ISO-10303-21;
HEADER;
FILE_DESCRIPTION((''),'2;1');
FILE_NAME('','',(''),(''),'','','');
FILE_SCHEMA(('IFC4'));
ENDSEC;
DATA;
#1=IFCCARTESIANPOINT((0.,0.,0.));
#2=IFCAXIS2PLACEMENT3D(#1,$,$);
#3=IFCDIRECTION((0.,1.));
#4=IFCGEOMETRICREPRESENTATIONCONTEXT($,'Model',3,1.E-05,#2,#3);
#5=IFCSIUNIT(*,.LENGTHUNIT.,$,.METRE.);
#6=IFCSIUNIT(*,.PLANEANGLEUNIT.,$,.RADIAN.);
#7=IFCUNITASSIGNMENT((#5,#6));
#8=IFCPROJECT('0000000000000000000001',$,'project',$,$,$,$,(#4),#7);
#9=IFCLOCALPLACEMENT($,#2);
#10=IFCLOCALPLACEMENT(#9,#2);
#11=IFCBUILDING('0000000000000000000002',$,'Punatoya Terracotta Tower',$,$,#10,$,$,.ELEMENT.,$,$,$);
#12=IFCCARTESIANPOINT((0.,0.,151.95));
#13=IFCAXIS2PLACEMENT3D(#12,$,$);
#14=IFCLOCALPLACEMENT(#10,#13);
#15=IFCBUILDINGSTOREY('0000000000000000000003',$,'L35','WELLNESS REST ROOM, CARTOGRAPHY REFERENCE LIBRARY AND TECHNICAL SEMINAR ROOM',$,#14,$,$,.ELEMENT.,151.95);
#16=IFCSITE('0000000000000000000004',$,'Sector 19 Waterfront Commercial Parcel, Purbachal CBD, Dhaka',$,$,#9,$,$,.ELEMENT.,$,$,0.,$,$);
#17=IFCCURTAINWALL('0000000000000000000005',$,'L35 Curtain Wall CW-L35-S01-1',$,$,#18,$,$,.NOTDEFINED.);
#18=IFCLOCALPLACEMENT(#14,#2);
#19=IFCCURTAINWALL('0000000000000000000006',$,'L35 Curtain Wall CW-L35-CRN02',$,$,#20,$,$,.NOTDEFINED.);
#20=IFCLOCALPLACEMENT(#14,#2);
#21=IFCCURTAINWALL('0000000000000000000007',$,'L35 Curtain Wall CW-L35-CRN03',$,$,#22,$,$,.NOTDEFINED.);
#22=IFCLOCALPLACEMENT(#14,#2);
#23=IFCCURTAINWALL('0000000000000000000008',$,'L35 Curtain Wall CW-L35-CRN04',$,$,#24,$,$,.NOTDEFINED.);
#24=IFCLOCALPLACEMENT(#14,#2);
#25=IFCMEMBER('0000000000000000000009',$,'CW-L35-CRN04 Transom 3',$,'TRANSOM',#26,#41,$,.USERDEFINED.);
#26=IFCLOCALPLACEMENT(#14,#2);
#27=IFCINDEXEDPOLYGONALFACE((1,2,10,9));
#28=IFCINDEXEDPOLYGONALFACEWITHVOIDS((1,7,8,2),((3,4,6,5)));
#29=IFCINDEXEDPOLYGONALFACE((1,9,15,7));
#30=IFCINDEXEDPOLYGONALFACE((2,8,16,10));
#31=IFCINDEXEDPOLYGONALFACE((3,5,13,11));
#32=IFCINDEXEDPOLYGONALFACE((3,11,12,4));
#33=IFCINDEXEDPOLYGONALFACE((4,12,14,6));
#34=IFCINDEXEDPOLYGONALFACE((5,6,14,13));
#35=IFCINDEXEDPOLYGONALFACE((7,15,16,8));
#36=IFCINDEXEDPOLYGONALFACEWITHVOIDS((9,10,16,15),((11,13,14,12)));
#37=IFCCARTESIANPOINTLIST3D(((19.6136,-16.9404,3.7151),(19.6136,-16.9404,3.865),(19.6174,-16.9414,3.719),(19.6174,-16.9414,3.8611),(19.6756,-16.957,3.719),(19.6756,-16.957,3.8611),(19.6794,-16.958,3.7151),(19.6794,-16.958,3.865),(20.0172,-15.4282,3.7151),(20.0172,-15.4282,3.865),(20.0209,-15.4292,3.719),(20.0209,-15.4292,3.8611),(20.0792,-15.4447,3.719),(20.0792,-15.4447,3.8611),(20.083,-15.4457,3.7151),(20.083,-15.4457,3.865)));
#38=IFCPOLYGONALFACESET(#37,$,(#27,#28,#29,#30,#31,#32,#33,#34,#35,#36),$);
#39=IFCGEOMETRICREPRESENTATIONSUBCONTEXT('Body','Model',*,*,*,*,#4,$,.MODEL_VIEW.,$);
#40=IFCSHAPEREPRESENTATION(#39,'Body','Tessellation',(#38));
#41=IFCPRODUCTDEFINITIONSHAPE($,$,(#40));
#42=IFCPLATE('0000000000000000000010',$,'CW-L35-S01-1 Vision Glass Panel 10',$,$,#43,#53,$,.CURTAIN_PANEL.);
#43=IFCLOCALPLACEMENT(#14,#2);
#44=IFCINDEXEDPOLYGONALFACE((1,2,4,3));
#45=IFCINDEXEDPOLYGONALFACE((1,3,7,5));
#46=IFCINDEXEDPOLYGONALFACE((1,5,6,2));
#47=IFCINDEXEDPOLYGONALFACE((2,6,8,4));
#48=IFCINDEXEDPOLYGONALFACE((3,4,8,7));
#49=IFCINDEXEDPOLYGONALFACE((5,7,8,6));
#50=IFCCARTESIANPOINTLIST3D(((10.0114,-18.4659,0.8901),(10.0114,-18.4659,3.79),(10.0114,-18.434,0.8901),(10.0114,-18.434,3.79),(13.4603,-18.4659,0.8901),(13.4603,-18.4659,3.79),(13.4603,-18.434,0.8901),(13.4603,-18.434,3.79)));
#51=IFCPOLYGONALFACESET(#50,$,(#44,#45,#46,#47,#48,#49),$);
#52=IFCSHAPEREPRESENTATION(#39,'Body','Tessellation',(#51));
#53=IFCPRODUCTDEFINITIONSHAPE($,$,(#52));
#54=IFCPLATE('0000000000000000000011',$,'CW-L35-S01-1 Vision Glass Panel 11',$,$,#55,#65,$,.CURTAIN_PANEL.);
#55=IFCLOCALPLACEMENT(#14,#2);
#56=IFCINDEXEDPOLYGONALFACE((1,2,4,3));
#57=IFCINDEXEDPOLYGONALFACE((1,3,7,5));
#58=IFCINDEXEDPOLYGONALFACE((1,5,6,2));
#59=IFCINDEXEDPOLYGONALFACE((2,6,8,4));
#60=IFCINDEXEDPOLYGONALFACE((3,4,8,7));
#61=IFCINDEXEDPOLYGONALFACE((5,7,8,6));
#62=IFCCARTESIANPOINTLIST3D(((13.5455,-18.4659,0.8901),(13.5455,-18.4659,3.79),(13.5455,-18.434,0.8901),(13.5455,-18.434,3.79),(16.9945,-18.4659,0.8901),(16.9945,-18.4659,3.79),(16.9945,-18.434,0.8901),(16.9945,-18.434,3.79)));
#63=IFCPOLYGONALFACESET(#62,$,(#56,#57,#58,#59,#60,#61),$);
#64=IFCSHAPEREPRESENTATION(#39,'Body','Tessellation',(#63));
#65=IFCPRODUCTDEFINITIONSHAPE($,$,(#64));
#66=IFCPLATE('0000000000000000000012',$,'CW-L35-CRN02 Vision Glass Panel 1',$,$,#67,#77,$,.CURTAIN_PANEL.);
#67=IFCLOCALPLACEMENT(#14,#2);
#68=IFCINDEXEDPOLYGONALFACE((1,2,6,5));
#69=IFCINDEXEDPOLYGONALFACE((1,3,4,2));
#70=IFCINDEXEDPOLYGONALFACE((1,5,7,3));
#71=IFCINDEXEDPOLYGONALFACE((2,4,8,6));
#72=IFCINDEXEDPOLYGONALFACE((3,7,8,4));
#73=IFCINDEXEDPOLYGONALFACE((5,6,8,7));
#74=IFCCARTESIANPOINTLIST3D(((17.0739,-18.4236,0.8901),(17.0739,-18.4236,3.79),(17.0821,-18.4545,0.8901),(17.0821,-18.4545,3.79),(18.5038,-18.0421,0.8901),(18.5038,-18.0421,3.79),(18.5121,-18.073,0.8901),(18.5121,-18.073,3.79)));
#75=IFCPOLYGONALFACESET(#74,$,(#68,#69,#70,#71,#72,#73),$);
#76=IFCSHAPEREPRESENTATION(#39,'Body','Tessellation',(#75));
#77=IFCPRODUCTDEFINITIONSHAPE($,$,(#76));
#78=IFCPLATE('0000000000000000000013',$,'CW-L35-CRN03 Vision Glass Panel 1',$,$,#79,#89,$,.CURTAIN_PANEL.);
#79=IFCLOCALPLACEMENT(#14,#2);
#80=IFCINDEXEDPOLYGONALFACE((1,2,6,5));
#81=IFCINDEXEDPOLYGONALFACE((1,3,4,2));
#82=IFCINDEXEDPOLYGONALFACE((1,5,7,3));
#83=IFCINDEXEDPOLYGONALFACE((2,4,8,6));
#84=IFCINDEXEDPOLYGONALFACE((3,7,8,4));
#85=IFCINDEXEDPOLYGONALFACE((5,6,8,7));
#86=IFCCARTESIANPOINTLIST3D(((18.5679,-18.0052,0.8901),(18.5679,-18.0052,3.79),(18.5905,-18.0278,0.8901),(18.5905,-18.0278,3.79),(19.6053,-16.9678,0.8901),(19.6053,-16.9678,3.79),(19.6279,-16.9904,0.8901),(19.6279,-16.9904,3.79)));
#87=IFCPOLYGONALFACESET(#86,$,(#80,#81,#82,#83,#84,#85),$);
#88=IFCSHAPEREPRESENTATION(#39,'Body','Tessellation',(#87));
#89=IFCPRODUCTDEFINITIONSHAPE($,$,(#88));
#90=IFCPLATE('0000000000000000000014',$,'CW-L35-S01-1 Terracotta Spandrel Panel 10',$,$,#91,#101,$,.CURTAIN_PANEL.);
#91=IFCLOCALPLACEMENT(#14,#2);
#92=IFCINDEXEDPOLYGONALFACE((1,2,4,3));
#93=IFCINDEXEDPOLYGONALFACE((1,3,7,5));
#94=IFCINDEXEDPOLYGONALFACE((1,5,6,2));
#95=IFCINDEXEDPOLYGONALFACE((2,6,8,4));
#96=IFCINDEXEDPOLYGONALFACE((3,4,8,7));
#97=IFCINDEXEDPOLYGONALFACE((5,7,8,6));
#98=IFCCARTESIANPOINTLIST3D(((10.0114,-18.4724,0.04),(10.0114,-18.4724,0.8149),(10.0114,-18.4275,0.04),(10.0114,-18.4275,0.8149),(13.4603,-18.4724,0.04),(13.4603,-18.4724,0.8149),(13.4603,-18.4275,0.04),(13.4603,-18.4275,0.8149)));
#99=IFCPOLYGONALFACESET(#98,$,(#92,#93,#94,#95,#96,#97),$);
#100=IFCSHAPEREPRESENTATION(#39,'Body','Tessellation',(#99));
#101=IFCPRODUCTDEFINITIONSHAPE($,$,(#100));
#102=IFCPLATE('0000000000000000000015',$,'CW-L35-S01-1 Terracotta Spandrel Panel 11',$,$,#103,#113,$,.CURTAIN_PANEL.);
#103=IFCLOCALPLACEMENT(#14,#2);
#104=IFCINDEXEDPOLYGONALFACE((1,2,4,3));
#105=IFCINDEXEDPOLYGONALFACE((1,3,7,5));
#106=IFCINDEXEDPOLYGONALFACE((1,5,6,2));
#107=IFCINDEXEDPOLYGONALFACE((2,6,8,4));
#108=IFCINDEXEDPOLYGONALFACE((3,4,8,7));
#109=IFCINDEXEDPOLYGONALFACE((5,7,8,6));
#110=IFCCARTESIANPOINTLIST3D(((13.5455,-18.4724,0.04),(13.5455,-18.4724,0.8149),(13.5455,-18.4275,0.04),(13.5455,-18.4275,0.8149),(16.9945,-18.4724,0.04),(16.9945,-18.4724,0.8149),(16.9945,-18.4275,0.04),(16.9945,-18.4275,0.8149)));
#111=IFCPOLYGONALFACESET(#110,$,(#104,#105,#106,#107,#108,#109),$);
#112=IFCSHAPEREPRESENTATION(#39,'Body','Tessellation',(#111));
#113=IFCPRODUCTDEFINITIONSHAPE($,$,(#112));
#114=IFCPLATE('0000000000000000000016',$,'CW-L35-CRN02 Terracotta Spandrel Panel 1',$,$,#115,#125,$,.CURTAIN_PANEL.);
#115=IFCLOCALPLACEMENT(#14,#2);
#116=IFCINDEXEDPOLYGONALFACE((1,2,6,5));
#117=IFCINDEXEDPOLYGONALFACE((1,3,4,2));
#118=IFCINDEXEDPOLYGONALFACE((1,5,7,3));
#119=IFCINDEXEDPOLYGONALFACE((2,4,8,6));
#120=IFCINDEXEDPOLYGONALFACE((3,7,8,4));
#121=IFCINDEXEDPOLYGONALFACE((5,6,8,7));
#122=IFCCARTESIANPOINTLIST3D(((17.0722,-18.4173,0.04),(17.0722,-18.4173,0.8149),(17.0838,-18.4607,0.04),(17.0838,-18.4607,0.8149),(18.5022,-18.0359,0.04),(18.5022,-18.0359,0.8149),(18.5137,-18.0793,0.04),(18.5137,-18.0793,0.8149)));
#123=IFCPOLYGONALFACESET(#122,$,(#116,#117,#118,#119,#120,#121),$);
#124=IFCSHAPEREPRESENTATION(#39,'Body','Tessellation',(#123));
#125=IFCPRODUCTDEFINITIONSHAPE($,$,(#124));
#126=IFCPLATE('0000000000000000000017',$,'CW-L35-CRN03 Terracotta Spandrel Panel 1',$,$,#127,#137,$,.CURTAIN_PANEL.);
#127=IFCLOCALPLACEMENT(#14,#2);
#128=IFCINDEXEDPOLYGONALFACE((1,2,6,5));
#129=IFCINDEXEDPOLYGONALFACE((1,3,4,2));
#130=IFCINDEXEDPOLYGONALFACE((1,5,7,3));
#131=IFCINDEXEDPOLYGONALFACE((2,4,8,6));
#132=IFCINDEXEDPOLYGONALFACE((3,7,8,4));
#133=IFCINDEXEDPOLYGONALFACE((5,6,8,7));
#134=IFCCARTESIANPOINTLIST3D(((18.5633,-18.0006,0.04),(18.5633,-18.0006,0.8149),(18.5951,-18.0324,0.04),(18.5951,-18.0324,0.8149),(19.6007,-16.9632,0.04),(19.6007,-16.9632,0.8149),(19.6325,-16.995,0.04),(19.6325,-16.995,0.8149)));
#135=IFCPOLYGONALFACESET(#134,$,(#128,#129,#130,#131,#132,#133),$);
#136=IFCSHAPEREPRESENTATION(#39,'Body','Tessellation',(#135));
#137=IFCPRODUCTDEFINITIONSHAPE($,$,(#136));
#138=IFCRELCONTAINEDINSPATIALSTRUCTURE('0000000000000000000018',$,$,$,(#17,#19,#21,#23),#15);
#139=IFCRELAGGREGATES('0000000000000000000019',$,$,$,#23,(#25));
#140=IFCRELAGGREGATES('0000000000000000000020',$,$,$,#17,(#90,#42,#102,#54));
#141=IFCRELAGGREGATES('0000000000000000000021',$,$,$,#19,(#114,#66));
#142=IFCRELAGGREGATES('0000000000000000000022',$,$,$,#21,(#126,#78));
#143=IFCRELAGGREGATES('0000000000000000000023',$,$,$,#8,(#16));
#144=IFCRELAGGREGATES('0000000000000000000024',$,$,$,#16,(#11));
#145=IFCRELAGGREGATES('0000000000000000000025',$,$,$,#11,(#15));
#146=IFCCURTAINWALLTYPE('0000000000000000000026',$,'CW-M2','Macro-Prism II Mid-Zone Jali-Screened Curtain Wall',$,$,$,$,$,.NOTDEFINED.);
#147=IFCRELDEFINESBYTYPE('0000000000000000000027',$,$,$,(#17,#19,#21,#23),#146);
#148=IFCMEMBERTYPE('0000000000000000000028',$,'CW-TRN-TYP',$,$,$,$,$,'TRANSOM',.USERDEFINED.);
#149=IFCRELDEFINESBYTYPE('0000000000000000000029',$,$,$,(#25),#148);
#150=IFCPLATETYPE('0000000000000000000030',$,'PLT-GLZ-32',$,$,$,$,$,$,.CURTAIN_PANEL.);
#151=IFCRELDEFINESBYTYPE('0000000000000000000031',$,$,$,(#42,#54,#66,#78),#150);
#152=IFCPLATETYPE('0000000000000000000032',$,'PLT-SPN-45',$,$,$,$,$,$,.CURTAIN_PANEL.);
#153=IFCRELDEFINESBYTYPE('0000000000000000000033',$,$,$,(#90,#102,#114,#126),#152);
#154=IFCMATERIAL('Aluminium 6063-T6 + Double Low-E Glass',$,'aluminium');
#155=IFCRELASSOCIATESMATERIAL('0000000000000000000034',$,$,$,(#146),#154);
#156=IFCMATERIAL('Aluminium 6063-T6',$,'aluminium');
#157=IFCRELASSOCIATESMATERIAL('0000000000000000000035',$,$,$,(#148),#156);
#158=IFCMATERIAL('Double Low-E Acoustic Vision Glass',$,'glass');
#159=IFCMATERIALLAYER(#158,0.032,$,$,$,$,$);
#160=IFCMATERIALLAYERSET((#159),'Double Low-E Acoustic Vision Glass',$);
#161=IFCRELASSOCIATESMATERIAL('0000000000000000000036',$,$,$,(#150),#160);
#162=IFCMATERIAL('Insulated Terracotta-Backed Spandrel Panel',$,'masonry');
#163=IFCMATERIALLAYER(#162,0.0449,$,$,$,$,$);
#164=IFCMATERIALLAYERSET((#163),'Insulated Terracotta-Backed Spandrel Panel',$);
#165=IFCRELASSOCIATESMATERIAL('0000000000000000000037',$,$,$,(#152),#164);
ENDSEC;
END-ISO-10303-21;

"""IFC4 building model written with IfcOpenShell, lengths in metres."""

from ifc_helpers import new_model, si_unit, direction, frame, origin, origin_2d, place, context, subcontext, project, spatial, rectangle, hollow_rectangle, extrude, material, layer, layer_set, material_profile, profile_set, type_object, element, aggregate, save


model = new_model("IFC4")

# Units and contexts
model_context = context("Model", 3, precision=1e-05, world=origin(), true_north=direction((0.0, 1.0)))
body_context = subcontext(model_context, "Body", "Model", "MODEL_VIEW")
ifc_project = project(units=[si_unit("LENGTHUNIT", "METRE"), si_unit("PLANEANGLEUNIT", "RADIAN")], contexts=[model_context])

# Site, building, storey
site_placement = place(None, origin())
site = spatial("IfcSite", under=ifc_project, at=site_placement, Name="Sector 19 Waterfront Commercial Parcel, Purbachal CBD, Dhaka", CompositionType="ELEMENT", RefElevation=0.0)
building_placement = place(site_placement, origin())
building = spatial("IfcBuilding", under=site, at=building_placement, Name="Punatoya Terracotta Tower", CompositionType="ELEMENT")
storey_placement = place(building_placement, frame((0.0, 0.0, 151.95)))
storey = spatial("IfcBuildingStorey", under=building, at=storey_placement, Name="L35", Description="WELLNESS REST ROOM, CARTOGRAPHY REFERENCE LIBRARY AND TECHNICAL SEMINAR ROOM", CompositionType="ELEMENT", Elevation=151.95)

# Curtain walls
ifc_material_1 = material(Name="Aluminium 6063-T6 + Double Low-E Glass", Category="aluminium")
curtain_wall_type = type_object("IfcCurtainWallType", Name="CW-M2", Description="Macro-Prism II Mid-Zone Jali-Screened Curtain Wall", PredefinedType="NOTDEFINED", material=ifc_material_1)
curtain_wall_1_placement = place(storey_placement, origin())
curtain_wall_1 = element("IfcCurtainWall", 1, at=curtain_wall_1_placement, inside=storey, type_object=curtain_wall_type, Name="L35 Curtain Wall CW-L35-S01-1", PredefinedType="NOTDEFINED")
ifc_material_2 = material(Name="Aluminium 6063-T6", Category="aluminium")
curtain_wall_2_placement = place(storey_placement, origin())
curtain_wall_2 = element("IfcCurtainWall", 2, at=curtain_wall_2_placement, inside=storey, type_object=curtain_wall_type, Name="L35 Curtain Wall CW-L35-CRN02", PredefinedType="NOTDEFINED")
curtain_wall_3_placement = place(storey_placement, origin())
curtain_wall_3 = element("IfcCurtainWall", 3, at=curtain_wall_3_placement, inside=storey, type_object=curtain_wall_type, Name="L35 Curtain Wall CW-L35-CRN03", PredefinedType="NOTDEFINED")

# Curtain wall
curtain_wall_4_placement = place(storey_placement, origin())
curtain_wall_4 = element("IfcCurtainWall", 4, at=curtain_wall_4_placement, inside=storey, type_object=curtain_wall_type, Name="L35 Curtain Wall CW-L35-CRN04", PredefinedType="NOTDEFINED")

# Member
ifc_material_profile_1 = material_profile(ifc_material_2, hollow_rectangle(XDim=0.0681, YDim=0.1499, WallThickness=0.0039, at=origin_2d()))
ifc_profile_set_1 = profile_set([ifc_material_profile_1], Name="Aluminium 6063-T6")
member_type_1 = type_object("IfcMemberType", Name="CW-TRN-TYP", ElementType="TRANSOM", PredefinedType="USERDEFINED", material=ifc_profile_set_1)
member_1_placement = place(storey_placement, frame((19.6465, -16.9492, 3.79), z_axis=(0.257847, 0.966186, 0.0), x_axis=(-0.966186, 0.257847, 0.0)))
member_1 = element("IfcMember", 5, at=member_1_placement, type_object=member_type_1, Name="CW-L35-CRN04 Transom 3", ObjectType="TRANSOM", PredefinedType="USERDEFINED", context=body_context, shape_type="SweptSolid", body=[
    extrude(hollow_rectangle(XDim=0.0681, YDim=0.1499, WallThickness=0.0039, at=origin_2d()), origin(), (0.0, 0.0, 1.0), 1.5652),
])
aggregate(curtain_wall_4, [member_1])

# Plates
ifc_material_3 = material(Name="Double Low-E Acoustic Vision Glass", Category="glass")
ifc_layer_1 = layer(ifc_material_3, 0.032)
ifc_layer_set_1 = layer_set([ifc_layer_1], Name="Double Low-E Acoustic Vision Glass")
plate_type_1 = type_object("IfcPlateType", Name="PLT-GLZ-32", PredefinedType="CURTAIN_PANEL", material=ifc_layer_set_1)
plate_1_placement = place(storey_placement, frame((11.7358, -18.45, 0.8901), z_axis=(0.0, 0.0, 1.0), x_axis=(1.0, 0.0, 0.0)))
plate_1 = element("IfcPlate", 6, at=plate_1_placement, type_object=plate_type_1, Name="CW-L35-S01-1 Vision Glass Panel 10", PredefinedType="CURTAIN_PANEL", context=body_context, shape_type="SweptSolid", body=[
    extrude(rectangle(XDim=3.449, YDim=0.032, at=origin_2d()), origin(), (0.0, 0.0, 1.0), 2.8999),
])
plate_2_placement = place(storey_placement, frame((15.27, -18.45, 0.8901), z_axis=(0.0, 0.0, 1.0), x_axis=(1.0, 0.0, 0.0)))
plate_2 = element("IfcPlate", 7, at=plate_2_placement, type_object=plate_type_1, Name="CW-L35-S01-1 Vision Glass Panel 11", PredefinedType="CURTAIN_PANEL", context=body_context, shape_type="SweptSolid", body=[
    extrude(rectangle(XDim=3.449, YDim=0.032, at=origin_2d()), origin(), (0.0, 0.0, 1.0), 2.8999),
])
plate_3_placement = place(storey_placement, frame((17.793, -18.2483, 0.8901), z_axis=(0.0, 0.0, 1.0), x_axis=(0.966214, 0.257742, 0.0)))
plate_3 = element("IfcPlate", 8, at=plate_3_placement, type_object=plate_type_1, Name="CW-L35-CRN02 Vision Glass Panel 1", PredefinedType="CURTAIN_PANEL", context=body_context, shape_type="SweptSolid", body=[
    extrude(rectangle(XDim=1.48, YDim=0.032, at=origin_2d()), origin(), (0.0, 0.0, 1.0), 2.8999),
])
plate_4_placement = place(storey_placement, frame((19.0979, -17.4978, 0.8901), z_axis=(0.0, 0.0, 1.0), x_axis=(0.707107, 0.707107, 0.0)))
plate_4 = element("IfcPlate", 9, at=plate_4_placement, type_object=plate_type_1, Name="CW-L35-CRN03 Vision Glass Panel 1", PredefinedType="CURTAIN_PANEL", context=body_context, shape_type="SweptSolid", body=[
    extrude(rectangle(XDim=1.467, YDim=0.032, at=origin_2d()), origin(), (0.0, 0.0, 1.0), 2.8999),
])
ifc_material_4 = material(Name="Insulated Terracotta-Backed Spandrel Panel", Category="masonry")
ifc_layer_2 = layer(ifc_material_4, 0.0449)
ifc_layer_set_2 = layer_set([ifc_layer_2], Name="Insulated Terracotta-Backed Spandrel Panel")
plate_type_2 = type_object("IfcPlateType", Name="PLT-SPN-45", PredefinedType="CURTAIN_PANEL", material=ifc_layer_set_2)
plate_5_placement = place(storey_placement, frame((11.7358, -18.45, 0.04), z_axis=(0.0, 0.0, 1.0), x_axis=(1.0, 0.0, 0.0)))
plate_5 = element("IfcPlate", 10, at=plate_5_placement, type_object=plate_type_2, Name="CW-L35-S01-1 Terracotta Spandrel Panel 10", PredefinedType="CURTAIN_PANEL", context=body_context, shape_type="SweptSolid", body=[
    extrude(rectangle(XDim=3.449, YDim=0.0449, at=origin_2d()), origin(), (0.0, 0.0, 1.0), 0.7749),
])
plate_6_placement = place(storey_placement, frame((15.27, -18.45, 0.04), z_axis=(0.0, 0.0, 1.0), x_axis=(1.0, 0.0, 0.0)))
plate_6 = element("IfcPlate", 11, at=plate_6_placement, type_object=plate_type_2, Name="CW-L35-S01-1 Terracotta Spandrel Panel 11", PredefinedType="CURTAIN_PANEL", context=body_context, shape_type="SweptSolid", body=[
    extrude(rectangle(XDim=3.449, YDim=0.0449, at=origin_2d()), origin(), (0.0, 0.0, 1.0), 0.7749),
])
aggregate(curtain_wall_1, [plate_5, plate_1, plate_6, plate_2])
plate_7_placement = place(storey_placement, frame((17.793, -18.2483, 0.04), z_axis=(0.0, 0.0, 1.0), x_axis=(0.966214, 0.257742, 0.0)))
plate_7 = element("IfcPlate", 12, at=plate_7_placement, type_object=plate_type_2, Name="CW-L35-CRN02 Terracotta Spandrel Panel 1", PredefinedType="CURTAIN_PANEL", context=body_context, shape_type="SweptSolid", body=[
    extrude(rectangle(XDim=1.48, YDim=0.0449, at=origin_2d()), origin(), (0.0, 0.0, 1.0), 0.7749),
])
aggregate(curtain_wall_2, [plate_7, plate_3])
plate_8_placement = place(storey_placement, frame((19.0979, -17.4978, 0.04), z_axis=(0.0, 0.0, 1.0), x_axis=(0.707107, 0.707107, 0.0)))
plate_8 = element("IfcPlate", 13, at=plate_8_placement, type_object=plate_type_2, Name="CW-L35-CRN03 Terracotta Spandrel Panel 1", PredefinedType="CURTAIN_PANEL", context=body_context, shape_type="SweptSolid", body=[
    extrude(rectangle(XDim=1.467, YDim=0.0449, at=origin_2d()), origin(), (0.0, 0.0, 1.0), 0.7749),
])
aggregate(curtain_wall_3, [plate_8, plate_4])

save(model, "model.ifc")
